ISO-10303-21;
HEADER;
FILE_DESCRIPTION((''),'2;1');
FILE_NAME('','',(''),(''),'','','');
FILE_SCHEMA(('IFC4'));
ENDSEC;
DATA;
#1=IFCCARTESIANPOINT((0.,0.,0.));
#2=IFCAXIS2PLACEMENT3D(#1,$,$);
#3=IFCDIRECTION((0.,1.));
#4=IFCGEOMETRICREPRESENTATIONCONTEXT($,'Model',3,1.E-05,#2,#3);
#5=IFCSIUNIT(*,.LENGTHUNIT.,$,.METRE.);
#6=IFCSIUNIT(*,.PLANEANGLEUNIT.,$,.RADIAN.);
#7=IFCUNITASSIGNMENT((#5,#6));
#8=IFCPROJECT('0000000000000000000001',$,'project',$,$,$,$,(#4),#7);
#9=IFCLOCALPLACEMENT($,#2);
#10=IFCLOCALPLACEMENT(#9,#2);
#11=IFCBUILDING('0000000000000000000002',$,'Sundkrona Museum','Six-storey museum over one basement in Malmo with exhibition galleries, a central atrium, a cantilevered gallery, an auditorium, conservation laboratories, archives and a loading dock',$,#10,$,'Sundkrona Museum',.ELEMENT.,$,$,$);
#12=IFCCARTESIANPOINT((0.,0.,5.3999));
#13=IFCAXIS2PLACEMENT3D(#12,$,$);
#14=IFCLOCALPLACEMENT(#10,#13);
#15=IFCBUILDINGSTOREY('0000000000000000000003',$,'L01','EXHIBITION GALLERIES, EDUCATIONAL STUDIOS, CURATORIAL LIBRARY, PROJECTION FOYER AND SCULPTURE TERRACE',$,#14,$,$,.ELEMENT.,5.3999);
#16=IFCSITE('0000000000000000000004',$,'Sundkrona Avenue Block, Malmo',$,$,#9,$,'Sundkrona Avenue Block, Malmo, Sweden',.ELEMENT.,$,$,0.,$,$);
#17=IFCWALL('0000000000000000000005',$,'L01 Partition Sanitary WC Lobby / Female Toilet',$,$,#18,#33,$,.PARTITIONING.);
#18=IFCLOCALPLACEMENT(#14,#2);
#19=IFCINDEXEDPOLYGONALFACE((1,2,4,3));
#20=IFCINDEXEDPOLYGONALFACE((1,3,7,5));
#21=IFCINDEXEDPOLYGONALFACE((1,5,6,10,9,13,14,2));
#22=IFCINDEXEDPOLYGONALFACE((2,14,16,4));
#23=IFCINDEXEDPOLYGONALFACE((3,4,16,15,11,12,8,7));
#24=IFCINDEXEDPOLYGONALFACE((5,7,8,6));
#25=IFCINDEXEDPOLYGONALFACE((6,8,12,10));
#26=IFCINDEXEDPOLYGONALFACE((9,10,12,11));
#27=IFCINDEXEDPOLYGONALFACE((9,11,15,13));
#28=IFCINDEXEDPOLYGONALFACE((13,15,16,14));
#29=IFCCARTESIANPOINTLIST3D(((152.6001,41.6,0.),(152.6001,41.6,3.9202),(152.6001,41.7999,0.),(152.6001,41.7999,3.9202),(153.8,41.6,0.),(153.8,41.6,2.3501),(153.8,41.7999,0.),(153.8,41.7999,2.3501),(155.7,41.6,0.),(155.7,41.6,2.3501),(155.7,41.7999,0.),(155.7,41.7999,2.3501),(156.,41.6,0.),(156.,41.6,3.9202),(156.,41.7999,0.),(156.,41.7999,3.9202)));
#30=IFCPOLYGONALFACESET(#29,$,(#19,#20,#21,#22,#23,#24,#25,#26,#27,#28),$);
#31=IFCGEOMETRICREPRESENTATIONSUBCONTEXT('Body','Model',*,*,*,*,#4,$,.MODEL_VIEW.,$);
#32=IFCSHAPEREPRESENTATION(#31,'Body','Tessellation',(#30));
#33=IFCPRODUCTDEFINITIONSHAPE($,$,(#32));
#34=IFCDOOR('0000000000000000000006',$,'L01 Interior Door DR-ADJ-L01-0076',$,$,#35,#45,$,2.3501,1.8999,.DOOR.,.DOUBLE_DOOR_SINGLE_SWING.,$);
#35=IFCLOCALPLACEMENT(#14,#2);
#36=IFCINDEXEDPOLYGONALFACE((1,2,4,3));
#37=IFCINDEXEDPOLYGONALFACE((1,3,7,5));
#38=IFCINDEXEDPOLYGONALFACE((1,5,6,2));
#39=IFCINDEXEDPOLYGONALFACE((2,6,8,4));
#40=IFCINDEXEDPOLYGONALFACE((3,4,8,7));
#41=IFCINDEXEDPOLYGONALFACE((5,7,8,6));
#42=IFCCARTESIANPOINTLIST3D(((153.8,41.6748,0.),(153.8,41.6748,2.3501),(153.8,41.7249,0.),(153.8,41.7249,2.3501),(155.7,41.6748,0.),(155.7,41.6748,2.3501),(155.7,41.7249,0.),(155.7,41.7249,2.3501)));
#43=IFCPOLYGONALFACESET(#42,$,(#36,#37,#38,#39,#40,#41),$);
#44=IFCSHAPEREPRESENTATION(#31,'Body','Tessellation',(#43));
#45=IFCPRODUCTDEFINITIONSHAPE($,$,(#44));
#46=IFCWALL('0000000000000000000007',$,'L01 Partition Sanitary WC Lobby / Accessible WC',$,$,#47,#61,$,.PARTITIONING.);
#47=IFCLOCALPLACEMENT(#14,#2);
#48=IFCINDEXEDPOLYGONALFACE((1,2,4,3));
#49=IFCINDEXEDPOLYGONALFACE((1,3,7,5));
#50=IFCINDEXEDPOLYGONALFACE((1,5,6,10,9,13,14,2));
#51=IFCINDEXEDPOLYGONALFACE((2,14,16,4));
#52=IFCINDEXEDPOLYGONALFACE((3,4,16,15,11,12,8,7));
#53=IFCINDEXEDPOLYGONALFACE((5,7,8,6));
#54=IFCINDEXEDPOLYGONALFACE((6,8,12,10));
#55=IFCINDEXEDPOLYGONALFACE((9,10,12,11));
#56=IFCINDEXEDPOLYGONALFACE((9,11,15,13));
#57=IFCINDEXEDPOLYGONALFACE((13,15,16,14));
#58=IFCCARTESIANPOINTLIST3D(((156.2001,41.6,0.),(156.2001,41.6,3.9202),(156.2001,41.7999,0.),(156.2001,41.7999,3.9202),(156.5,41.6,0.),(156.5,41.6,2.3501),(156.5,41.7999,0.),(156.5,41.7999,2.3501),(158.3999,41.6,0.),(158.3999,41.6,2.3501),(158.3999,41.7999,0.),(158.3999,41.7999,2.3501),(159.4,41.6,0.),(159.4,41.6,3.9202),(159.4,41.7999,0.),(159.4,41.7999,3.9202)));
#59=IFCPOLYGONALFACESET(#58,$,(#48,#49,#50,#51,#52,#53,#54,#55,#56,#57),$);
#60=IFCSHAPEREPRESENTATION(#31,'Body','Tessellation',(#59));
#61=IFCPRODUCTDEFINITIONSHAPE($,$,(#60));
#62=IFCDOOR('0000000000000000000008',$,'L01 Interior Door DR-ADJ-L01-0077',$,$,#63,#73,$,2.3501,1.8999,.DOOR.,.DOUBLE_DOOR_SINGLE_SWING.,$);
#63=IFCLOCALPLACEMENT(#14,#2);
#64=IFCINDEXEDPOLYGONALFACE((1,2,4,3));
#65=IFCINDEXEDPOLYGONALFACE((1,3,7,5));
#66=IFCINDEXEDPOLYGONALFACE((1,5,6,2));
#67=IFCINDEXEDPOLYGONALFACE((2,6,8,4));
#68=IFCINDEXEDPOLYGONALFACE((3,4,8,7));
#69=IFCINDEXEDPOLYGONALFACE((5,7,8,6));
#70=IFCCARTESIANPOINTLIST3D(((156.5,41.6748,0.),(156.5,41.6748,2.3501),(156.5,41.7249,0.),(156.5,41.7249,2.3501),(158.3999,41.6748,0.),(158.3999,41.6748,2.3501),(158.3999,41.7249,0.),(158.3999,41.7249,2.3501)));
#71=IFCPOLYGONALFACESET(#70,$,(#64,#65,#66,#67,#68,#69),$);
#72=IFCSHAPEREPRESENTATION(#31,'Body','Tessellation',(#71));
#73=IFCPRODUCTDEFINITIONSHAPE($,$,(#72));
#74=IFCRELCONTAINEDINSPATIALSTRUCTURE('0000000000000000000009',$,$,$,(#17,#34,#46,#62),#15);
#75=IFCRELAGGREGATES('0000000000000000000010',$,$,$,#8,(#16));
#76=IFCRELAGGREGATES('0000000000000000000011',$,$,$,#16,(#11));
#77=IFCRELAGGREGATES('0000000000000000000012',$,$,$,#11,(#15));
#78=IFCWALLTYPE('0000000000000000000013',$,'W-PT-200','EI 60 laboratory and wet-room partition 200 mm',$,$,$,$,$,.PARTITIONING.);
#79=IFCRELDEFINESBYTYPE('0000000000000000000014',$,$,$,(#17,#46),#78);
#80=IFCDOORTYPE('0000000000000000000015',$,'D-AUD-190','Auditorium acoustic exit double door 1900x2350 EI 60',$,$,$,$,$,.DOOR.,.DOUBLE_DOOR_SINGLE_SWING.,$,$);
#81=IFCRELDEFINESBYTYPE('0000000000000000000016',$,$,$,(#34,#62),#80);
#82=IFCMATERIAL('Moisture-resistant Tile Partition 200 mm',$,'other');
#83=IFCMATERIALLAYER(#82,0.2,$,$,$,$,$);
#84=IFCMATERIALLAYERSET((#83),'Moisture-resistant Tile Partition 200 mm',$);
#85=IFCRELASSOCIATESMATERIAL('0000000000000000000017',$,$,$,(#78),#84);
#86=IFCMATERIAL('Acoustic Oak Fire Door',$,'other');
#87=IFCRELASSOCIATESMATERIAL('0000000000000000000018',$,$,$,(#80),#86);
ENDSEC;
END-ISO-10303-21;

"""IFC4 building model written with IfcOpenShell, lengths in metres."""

from ifc_helpers import new_model, si_unit, direction, frame, frame_2d, origin, place, context, subcontext, project, spatial, rectangle, extrude, material, layer, layer_set, type_object, element, fill, save


model = new_model("IFC4")

# Units and contexts
model_context = context("Model", 3, precision=1e-05, world=origin(), true_north=direction((0.0, 1.0)))
body_context = subcontext(model_context, "Body", "Model", "MODEL_VIEW")
ifc_project = project(units=[si_unit("LENGTHUNIT", "METRE"), si_unit("PLANEANGLEUNIT", "RADIAN")], contexts=[model_context])

# Site, building, storey
site_placement = place(None, origin())
site = spatial("IfcSite", under=ifc_project, at=site_placement, Name="Sundkrona Avenue Block, Malmo", LongName="Sundkrona Avenue Block, Malmo, Sweden", CompositionType="ELEMENT", RefElevation=0.0)
building_placement = place(site_placement, origin())
building = spatial("IfcBuilding", under=site, at=building_placement, Name="Sundkrona Museum", Description="Six-storey museum over one basement in Malmo with exhibition galleries, a central atrium, a cantilevered gallery, an auditorium, conservation laboratories, archives and a loading dock", LongName="Sundkrona Museum", CompositionType="ELEMENT")
storey_placement = place(building_placement, frame((0.0, 0.0, 5.3999)))
storey = spatial("IfcBuildingStorey", under=building, at=storey_placement, Name="L01", Description="EXHIBITION GALLERIES, EDUCATIONAL STUDIOS, CURATORIAL LIBRARY, PROJECTION FOYER AND SCULPTURE TERRACE", CompositionType="ELEMENT", Elevation=5.3999)

# Walls, openings, doors
ifc_material_1 = material(Name="Moisture-resistant Tile Partition 200 mm", Category="other")
ifc_layer_1 = layer(ifc_material_1, 0.2)
ifc_layer_set_1 = layer_set([ifc_layer_1], Name="Moisture-resistant Tile Partition 200 mm")
wall_type_1 = type_object("IfcWallType", Name="W-PT-200", Description="EI 60 laboratory and wet-room partition 200 mm", PredefinedType="PARTITIONING", material=ifc_layer_set_1)
wall_1_placement = place(storey_placement, frame((152.6001, 41.7, 0.0), z_axis=(0.0, 0.0, 1.0), x_axis=(1.0, 0.0, 0.0)))
wall_1 = element("IfcWall", 1, at=wall_1_placement, inside=storey, type_object=wall_type_1, Name="L01 Partition Sanitary WC Lobby / Female Toilet", PredefinedType="PARTITIONING", context=body_context, shape_type="SweptSolid", body=[
    extrude(rectangle(XDim=3.3999, YDim=0.2, at=frame_2d((1.7, 0.0))), origin(), (0.0, 0.0, 1.0), 3.9202),
])
opening_1_placement = place(wall_1_placement, frame((1.2, 0.0, 0.0)))
opening_1 = element("IfcOpeningElement", 2, at=opening_1_placement, cuts=wall_1, PredefinedType="OPENING", context=body_context, shape_type="SweptSolid", body=[
    extrude(rectangle(XDim=1.8999, YDim=2.3501, at=frame_2d((0.95, 1.175))), frame((0.0, 0.1099, 0.0), z_axis=(0.0, -1.0, 0.0), x_axis=(1.0, 0.0, 0.0)), (0.0, 0.0, 1.0), 0.22),
])
ifc_material_2 = material(Name="Acoustic Oak Fire Door", Category="other")
door_type_1 = type_object("IfcDoorType", Name="D-AUD-190", Description="Auditorium acoustic exit double door 1900x2350 EI 60", OperationType="DOUBLE_DOOR_SINGLE_SWING", PredefinedType="DOOR", material=ifc_material_2)
door_1_placement = place(opening_1_placement, origin())
door_1 = element("IfcDoor", 3, at=door_1_placement, inside=storey, type_object=door_type_1, Name="L01 Interior Door DR-ADJ-L01-0076", OperationType="DOUBLE_DOOR_SINGLE_SWING", OverallHeight=2.3501, OverallWidth=1.8999, PredefinedType="DOOR", context=body_context, shape_type="SweptSolid", body=[
    extrude(rectangle(XDim=1.8999, YDim=2.3501, at=frame_2d((0.95, 1.175))), frame((0.0, 0.0249, 0.0), z_axis=(0.0, -1.0, 0.0), x_axis=(1.0, 0.0, 0.0)), (0.0, 0.0, 1.0), 0.05),
])
fill(opening_1, door_1)
wall_2_placement = place(storey_placement, frame((156.2, 41.7, 0.0), z_axis=(0.0, 0.0, 1.0), x_axis=(1.0, 0.0, 0.0)))
wall_2 = element("IfcWall", 4, at=wall_2_placement, inside=storey, type_object=wall_type_1, Name="L01 Partition Sanitary WC Lobby / Accessible WC", PredefinedType="PARTITIONING", context=body_context, shape_type="SweptSolid", body=[
    extrude(rectangle(XDim=3.2, YDim=0.2, at=frame_2d((1.6001, 0.0))), origin(), (0.0, 0.0, 1.0), 3.9202),
])
opening_2_placement = place(wall_2_placement, frame((0.3, 0.0, 0.0)))
opening_2 = element("IfcOpeningElement", 5, at=opening_2_placement, cuts=wall_2, PredefinedType="OPENING", context=body_context, shape_type="SweptSolid", body=[
    extrude(rectangle(XDim=1.8999, YDim=2.3501, at=frame_2d((0.95, 1.175))), frame((0.0, 0.1099, 0.0), z_axis=(0.0, -1.0, 0.0), x_axis=(1.0, 0.0, 0.0)), (0.0, 0.0, 1.0), 0.22),
])
door_2_placement = place(opening_2_placement, origin())
door_2 = element("IfcDoor", 6, at=door_2_placement, inside=storey, type_object=door_type_1, Name="L01 Interior Door DR-ADJ-L01-0077", OperationType="DOUBLE_DOOR_SINGLE_SWING", OverallHeight=2.3501, OverallWidth=1.8999, PredefinedType="DOOR", context=body_context, shape_type="SweptSolid", body=[
    extrude(rectangle(XDim=1.8999, YDim=2.3501, at=frame_2d((0.95, 1.175))), frame((0.0, 0.0249, 0.0), z_axis=(0.0, -1.0, 0.0), x_axis=(1.0, 0.0, 0.0)), (0.0, 0.0, 1.0), 0.05),
])
fill(opening_2, door_2)

save(model, "model.ifc")
